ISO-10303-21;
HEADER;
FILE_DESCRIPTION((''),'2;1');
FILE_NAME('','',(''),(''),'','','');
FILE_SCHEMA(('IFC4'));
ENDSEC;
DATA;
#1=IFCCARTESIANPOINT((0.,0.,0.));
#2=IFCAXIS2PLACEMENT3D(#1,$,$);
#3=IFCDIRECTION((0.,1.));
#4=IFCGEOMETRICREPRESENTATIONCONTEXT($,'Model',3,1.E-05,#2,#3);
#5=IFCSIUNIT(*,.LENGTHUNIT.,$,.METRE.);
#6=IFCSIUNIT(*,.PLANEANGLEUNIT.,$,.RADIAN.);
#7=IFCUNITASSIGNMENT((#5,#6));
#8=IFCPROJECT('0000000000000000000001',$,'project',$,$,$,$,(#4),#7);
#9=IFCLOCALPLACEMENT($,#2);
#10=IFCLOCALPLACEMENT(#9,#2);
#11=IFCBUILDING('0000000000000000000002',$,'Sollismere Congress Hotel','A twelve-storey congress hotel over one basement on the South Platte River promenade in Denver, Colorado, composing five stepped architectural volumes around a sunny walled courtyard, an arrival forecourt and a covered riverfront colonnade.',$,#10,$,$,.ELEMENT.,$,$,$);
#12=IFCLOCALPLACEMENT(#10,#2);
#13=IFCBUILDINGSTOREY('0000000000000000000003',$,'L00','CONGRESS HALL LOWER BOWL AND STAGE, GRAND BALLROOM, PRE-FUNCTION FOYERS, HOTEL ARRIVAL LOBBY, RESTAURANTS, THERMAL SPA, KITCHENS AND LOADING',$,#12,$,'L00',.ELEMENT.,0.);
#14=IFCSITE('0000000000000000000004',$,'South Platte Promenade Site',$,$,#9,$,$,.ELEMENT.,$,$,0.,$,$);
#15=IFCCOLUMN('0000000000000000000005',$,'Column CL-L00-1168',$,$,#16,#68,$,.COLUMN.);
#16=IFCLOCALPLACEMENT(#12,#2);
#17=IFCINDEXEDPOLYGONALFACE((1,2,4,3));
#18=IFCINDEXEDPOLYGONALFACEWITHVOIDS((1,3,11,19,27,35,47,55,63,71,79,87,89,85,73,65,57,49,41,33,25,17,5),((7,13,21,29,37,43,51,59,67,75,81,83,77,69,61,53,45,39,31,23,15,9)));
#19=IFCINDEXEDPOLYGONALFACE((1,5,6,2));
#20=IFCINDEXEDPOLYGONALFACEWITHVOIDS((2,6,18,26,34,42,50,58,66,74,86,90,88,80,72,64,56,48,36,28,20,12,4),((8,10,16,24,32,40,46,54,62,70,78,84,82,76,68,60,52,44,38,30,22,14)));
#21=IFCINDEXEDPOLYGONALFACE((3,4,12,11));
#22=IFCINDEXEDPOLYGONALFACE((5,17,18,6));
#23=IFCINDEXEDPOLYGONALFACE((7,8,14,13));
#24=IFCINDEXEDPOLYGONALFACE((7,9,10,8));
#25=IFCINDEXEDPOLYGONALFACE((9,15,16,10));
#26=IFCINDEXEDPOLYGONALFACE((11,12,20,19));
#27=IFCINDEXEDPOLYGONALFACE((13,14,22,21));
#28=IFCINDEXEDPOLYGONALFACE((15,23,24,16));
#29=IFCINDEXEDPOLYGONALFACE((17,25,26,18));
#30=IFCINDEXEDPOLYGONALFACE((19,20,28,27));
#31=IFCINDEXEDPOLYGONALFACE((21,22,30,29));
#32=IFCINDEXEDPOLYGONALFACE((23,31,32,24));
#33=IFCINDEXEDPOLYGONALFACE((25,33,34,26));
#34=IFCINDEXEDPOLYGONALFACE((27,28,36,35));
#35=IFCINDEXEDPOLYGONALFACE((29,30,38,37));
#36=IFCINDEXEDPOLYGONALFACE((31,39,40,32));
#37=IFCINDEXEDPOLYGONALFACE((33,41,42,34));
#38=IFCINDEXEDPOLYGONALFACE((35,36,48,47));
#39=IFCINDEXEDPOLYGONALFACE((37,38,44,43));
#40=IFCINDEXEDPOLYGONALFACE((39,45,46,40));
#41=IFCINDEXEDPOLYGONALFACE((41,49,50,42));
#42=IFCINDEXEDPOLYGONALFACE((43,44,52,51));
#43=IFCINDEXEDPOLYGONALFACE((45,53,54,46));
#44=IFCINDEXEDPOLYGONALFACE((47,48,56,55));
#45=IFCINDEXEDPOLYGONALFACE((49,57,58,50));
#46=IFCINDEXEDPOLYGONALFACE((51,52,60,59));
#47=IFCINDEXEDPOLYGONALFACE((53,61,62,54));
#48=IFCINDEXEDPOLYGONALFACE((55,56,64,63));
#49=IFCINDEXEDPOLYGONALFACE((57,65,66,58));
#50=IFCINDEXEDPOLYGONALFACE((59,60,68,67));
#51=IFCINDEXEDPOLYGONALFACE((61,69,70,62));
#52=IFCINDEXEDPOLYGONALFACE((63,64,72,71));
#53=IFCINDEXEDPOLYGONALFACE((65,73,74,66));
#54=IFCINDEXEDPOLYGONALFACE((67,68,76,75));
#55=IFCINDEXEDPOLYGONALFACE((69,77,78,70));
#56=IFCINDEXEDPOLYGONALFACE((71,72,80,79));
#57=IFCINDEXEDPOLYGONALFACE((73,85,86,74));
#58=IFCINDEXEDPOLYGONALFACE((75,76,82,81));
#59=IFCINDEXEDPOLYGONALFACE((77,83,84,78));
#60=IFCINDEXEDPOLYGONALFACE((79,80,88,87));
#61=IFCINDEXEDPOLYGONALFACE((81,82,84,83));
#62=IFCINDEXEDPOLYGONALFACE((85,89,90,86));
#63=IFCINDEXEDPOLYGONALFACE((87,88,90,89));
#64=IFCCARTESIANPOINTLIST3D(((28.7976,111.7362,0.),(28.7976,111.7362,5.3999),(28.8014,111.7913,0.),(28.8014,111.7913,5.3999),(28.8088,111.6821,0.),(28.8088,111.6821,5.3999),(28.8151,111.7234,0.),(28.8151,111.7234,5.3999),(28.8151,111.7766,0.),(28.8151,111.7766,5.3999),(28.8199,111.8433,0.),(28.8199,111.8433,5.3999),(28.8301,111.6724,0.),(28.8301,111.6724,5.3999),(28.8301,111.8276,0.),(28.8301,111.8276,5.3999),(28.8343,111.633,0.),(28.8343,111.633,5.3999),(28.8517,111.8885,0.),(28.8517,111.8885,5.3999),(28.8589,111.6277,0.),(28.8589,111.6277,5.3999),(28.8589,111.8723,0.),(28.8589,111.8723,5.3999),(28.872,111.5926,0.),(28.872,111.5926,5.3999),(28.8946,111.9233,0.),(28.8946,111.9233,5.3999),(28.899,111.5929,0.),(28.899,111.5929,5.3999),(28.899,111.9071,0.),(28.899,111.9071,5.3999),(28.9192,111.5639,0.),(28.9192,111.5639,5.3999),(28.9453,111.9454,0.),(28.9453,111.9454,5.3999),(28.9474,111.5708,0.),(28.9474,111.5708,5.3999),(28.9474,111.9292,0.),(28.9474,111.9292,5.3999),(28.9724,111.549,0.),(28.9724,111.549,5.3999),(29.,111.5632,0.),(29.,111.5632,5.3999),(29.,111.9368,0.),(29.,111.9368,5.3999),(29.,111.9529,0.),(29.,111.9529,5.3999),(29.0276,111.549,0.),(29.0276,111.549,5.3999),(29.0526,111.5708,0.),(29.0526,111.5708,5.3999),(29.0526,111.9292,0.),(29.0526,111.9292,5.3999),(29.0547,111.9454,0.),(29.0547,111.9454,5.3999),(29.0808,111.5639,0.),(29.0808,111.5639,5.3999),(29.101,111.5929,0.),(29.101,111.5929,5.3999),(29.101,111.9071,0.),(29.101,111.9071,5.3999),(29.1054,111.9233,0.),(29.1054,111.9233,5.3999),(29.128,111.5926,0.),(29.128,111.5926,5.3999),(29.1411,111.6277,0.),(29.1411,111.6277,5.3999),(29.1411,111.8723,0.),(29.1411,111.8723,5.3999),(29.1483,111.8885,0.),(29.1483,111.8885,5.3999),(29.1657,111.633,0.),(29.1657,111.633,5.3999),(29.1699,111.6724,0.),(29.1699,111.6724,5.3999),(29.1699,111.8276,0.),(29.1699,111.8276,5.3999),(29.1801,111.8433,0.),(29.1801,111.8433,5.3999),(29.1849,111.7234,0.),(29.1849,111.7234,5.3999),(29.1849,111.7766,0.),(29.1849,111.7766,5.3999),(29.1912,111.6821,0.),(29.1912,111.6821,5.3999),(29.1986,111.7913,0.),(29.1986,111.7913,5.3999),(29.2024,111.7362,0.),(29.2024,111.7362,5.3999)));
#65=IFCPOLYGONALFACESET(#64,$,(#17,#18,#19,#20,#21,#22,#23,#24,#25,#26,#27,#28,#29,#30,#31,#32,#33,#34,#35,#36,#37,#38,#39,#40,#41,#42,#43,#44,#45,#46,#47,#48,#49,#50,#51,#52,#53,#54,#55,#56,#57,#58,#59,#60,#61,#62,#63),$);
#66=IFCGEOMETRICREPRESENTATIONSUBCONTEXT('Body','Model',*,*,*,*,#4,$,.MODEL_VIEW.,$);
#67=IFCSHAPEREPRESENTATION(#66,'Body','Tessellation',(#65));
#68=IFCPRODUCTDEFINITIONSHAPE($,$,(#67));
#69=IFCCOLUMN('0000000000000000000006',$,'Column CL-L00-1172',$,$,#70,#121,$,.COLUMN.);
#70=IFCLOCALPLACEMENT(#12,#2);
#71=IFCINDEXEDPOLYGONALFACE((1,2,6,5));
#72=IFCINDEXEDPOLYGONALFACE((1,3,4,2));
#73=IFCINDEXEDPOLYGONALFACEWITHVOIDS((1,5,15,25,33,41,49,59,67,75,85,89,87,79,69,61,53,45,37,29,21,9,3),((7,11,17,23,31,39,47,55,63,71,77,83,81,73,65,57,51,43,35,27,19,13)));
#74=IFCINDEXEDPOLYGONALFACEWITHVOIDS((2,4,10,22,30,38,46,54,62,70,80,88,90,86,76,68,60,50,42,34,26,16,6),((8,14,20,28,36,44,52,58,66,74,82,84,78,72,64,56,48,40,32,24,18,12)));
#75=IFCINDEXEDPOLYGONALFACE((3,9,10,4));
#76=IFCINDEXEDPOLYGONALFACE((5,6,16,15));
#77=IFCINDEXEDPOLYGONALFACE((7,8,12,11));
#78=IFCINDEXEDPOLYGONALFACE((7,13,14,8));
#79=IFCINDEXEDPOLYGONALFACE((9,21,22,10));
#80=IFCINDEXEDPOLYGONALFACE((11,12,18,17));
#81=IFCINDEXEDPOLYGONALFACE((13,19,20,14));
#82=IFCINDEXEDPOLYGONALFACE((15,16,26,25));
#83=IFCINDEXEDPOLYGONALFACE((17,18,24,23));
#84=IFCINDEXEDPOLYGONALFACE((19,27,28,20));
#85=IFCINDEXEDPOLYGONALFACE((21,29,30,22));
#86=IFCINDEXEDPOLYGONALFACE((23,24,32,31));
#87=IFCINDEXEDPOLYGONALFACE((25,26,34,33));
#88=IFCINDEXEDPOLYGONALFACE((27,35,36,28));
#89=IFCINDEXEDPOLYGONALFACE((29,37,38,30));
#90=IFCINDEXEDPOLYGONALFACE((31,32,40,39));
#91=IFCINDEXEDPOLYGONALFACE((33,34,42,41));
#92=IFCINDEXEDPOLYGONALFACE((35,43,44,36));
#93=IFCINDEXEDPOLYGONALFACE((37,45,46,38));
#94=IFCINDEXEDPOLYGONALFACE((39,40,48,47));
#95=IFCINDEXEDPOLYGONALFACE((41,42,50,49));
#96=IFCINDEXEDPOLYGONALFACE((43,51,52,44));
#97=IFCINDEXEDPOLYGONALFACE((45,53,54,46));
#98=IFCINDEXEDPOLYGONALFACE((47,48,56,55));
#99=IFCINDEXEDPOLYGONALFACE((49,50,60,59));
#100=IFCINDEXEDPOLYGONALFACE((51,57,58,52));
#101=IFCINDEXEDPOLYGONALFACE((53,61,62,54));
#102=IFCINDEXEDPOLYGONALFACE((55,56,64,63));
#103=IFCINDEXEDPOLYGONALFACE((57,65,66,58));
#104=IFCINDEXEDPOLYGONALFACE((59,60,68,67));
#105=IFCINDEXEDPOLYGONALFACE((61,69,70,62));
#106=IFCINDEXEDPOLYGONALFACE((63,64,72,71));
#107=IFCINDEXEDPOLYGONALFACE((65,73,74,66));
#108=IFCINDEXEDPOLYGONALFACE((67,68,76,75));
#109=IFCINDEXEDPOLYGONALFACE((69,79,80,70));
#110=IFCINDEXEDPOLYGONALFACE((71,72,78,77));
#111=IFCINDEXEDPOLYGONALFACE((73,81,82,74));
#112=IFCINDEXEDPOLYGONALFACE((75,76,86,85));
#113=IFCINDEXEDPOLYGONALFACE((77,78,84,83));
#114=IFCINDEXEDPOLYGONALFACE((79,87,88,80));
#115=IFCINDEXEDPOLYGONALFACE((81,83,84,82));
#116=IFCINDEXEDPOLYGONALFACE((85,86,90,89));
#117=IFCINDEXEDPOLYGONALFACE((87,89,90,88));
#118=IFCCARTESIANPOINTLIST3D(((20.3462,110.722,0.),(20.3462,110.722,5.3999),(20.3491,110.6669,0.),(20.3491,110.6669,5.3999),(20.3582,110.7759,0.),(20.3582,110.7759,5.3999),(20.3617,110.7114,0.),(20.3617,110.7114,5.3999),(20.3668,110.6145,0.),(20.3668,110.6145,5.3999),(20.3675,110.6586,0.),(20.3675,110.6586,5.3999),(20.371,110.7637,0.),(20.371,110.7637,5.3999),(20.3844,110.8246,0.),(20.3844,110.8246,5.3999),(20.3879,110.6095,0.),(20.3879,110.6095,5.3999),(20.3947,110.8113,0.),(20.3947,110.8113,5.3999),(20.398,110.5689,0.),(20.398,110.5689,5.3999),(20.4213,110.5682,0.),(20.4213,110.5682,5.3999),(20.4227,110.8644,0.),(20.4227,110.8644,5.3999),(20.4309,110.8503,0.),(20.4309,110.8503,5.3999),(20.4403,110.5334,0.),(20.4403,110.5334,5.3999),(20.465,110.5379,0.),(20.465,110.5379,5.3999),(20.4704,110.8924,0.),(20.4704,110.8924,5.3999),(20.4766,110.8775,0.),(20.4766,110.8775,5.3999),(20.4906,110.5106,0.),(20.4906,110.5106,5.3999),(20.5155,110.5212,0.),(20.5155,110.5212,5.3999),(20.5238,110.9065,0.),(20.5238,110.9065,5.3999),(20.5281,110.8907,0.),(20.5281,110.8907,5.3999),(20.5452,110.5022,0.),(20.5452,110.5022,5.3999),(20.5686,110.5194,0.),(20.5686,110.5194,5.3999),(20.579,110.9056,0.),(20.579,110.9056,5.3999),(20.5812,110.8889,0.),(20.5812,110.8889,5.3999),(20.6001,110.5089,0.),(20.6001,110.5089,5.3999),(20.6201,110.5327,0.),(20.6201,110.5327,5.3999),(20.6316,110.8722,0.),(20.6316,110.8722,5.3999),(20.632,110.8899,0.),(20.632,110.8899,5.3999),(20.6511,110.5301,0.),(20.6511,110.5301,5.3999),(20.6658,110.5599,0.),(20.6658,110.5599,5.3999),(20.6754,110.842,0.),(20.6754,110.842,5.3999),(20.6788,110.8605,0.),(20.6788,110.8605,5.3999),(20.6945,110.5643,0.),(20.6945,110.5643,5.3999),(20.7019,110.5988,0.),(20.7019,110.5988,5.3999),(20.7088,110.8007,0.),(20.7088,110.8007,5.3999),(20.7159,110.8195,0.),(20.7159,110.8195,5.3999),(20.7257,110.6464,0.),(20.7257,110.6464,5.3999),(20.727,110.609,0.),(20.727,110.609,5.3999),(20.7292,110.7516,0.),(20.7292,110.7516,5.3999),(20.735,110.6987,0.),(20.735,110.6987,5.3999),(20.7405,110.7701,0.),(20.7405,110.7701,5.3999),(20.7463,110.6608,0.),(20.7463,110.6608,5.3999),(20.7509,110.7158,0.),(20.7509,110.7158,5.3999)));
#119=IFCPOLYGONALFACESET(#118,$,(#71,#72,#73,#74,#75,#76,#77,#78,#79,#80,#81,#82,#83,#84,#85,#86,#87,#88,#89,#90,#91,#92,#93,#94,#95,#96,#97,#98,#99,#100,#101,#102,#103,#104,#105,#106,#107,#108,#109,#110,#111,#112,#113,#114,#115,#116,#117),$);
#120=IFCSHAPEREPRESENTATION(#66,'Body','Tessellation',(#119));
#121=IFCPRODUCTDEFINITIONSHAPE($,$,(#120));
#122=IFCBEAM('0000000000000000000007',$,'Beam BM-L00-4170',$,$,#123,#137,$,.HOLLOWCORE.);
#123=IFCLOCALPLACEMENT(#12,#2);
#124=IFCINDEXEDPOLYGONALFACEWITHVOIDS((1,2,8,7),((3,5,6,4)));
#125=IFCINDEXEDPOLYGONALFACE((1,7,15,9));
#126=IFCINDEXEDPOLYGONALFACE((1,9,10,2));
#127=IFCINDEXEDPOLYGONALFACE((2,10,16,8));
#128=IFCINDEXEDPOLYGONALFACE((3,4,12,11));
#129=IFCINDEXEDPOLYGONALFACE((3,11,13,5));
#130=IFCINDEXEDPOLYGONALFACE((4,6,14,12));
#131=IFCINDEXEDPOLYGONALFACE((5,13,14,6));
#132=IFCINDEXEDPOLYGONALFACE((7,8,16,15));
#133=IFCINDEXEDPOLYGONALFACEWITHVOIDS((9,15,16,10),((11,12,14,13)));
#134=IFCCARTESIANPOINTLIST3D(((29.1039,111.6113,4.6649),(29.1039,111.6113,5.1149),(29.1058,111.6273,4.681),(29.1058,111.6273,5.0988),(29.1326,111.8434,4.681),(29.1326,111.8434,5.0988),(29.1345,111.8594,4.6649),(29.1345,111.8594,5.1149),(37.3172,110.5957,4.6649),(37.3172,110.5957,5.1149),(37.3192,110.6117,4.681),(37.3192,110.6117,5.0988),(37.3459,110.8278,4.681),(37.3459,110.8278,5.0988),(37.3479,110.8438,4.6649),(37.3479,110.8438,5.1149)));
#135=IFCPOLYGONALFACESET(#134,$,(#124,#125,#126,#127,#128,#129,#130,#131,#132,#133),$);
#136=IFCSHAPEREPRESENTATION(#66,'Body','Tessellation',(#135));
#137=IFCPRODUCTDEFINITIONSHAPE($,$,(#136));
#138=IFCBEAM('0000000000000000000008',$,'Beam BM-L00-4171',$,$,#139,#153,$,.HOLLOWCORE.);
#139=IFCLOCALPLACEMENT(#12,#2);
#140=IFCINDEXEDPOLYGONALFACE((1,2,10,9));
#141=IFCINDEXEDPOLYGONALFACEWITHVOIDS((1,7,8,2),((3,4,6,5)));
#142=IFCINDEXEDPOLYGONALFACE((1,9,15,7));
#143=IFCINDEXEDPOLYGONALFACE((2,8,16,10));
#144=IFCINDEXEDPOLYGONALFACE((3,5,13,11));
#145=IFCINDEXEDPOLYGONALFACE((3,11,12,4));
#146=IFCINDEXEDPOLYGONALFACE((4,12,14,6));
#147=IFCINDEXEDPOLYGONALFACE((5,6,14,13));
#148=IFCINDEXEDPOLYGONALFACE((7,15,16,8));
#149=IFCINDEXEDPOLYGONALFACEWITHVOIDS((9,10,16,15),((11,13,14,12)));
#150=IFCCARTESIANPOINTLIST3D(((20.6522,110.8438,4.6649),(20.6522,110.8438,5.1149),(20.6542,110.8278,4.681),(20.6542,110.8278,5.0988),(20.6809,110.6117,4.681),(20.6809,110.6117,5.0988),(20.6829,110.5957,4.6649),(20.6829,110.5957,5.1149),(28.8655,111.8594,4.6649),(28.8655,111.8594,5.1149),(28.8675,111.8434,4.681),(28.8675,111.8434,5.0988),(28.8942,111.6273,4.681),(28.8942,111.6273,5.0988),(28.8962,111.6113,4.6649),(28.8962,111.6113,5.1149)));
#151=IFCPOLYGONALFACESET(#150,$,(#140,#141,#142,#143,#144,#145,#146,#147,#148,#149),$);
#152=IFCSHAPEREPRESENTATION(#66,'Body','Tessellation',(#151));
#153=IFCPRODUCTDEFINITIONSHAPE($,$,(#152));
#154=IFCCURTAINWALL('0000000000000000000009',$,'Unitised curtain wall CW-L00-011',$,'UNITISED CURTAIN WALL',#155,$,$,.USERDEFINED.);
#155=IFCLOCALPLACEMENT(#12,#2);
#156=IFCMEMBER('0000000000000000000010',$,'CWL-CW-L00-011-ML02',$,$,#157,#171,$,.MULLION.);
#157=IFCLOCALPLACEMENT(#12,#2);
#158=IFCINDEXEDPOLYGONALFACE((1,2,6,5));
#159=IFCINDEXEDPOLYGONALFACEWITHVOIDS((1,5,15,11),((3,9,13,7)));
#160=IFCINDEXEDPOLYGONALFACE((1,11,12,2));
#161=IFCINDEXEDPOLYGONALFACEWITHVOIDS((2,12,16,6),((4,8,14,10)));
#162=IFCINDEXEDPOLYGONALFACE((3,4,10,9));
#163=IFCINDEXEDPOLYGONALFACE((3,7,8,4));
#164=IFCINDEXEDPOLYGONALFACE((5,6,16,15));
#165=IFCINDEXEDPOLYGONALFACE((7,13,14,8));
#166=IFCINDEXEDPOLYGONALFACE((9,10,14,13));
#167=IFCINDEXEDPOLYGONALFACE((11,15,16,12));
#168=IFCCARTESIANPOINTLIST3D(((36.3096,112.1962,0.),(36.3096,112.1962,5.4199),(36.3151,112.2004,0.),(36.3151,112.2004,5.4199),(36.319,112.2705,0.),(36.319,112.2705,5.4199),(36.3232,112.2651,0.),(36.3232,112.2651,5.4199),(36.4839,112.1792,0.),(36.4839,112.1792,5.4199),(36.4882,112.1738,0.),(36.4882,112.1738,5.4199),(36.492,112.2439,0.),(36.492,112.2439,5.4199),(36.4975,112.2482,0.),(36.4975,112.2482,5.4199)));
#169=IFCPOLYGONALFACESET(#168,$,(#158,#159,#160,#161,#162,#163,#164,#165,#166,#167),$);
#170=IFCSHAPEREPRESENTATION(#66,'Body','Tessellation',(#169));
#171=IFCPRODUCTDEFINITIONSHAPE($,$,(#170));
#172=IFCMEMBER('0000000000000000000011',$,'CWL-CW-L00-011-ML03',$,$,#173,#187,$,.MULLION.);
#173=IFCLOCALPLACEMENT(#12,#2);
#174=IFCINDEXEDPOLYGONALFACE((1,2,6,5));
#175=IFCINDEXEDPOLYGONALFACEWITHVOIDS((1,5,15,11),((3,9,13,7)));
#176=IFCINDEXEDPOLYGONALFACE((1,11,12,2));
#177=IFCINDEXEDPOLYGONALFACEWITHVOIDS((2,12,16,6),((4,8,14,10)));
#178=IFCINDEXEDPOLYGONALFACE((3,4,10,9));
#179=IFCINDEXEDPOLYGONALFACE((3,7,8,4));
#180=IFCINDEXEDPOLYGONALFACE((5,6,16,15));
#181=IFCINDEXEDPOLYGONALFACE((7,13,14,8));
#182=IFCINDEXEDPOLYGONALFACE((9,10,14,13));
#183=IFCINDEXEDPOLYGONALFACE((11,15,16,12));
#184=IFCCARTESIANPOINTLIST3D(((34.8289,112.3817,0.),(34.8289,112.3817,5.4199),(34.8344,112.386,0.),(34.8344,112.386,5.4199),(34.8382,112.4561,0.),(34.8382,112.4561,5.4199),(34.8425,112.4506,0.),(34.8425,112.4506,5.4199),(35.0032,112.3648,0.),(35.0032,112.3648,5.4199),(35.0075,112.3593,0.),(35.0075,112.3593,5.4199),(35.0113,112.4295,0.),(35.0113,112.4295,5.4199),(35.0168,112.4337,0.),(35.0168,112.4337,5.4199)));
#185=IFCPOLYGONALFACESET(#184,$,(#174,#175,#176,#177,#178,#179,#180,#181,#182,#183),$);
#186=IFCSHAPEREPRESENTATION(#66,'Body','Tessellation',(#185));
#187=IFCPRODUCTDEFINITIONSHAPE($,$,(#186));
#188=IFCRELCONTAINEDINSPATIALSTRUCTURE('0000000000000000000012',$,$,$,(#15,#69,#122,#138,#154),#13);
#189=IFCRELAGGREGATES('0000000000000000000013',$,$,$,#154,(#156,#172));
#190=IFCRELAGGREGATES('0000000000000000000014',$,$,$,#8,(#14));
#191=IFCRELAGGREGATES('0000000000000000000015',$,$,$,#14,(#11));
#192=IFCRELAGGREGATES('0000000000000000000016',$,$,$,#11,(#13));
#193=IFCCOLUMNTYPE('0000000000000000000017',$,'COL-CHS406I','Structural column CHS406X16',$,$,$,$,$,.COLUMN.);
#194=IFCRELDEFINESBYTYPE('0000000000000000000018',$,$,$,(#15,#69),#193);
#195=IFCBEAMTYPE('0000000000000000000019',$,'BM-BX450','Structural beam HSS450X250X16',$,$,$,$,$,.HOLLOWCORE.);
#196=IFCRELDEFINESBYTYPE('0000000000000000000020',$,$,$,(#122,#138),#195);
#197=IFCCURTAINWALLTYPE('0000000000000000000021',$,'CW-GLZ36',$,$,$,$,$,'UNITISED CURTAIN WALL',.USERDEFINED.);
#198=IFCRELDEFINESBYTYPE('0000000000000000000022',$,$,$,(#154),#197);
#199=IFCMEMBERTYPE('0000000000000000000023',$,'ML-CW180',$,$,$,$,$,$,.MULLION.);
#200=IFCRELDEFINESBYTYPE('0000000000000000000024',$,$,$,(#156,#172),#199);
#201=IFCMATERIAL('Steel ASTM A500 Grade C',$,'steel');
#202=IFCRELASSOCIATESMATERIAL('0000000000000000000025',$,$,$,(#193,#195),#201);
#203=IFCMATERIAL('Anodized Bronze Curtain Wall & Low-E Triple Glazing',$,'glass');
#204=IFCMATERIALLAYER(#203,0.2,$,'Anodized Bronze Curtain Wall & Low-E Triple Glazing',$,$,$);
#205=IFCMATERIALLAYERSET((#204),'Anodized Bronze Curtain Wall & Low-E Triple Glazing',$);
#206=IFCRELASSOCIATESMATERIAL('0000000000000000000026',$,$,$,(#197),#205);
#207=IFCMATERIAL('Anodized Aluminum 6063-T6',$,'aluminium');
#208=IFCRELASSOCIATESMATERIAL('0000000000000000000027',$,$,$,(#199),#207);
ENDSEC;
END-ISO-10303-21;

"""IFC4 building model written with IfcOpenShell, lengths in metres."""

from ifc_helpers import new_model, si_unit, direction, frame, origin, origin_2d, place, context, subcontext, project, spatial, hollow_rectangle, hollow_circle, extrude, material, layer, layer_set, material_profile, profile_set, type_object, element, aggregate, save


model = new_model("IFC4")

# Units and contexts
model_context = context("Model", 3, precision=1e-05, world=origin(), true_north=direction((0.0, 1.0)))
body_context = subcontext(model_context, "Body", "Model", "MODEL_VIEW")
ifc_project = project(units=[si_unit("LENGTHUNIT", "METRE"), si_unit("PLANEANGLEUNIT", "RADIAN")], contexts=[model_context])

# Site, building, storey
site_placement = place(None, origin())
site = spatial("IfcSite", under=ifc_project, at=site_placement, Name="South Platte Promenade Site", CompositionType="ELEMENT", RefElevation=0.0)
building_placement = place(site_placement, origin())
building = spatial("IfcBuilding", under=site, at=building_placement, Name="Sollismere Congress Hotel", Description="A twelve-storey congress hotel over one basement on the South Platte River promenade in Denver, Colorado, composing five stepped architectural volumes around a sunny walled courtyard, an arrival forecourt and a covered riverfront colonnade.", CompositionType="ELEMENT")
storey_placement = place(building_placement, origin())
storey = spatial("IfcBuildingStorey", under=building, at=storey_placement, Name="L00", Description="CONGRESS HALL LOWER BOWL AND STAGE, GRAND BALLROOM, PRE-FUNCTION FOYERS, HOTEL ARRIVAL LOBBY, RESTAURANTS, THERMAL SPA, KITCHENS AND LOADING", LongName="L00", CompositionType="ELEMENT", Elevation=0.0)

# Columns
ifc_material_1 = material(Name="Steel ASTM A500 Grade C", Category="steel")
ifc_material_profile_1 = material_profile(ifc_material_1, hollow_circle(Radius=0.2029, WallThickness=0.0161, at=origin_2d()), Name="CHS406X16")
ifc_profile_set_1 = profile_set([ifc_material_profile_1], Name="Steel ASTM A500 Grade C")
column_type = type_object("IfcColumnType", Name="COL-CHS406I", Description="Structural column CHS406X16", PredefinedType="COLUMN", material=ifc_profile_set_1)
for number, where, z_axis, x_axis, name in (
    (1, (29.0, 111.75, 0.0), (0.0, 0.0, 1.0), (0.0, 1.0, 0.0), "Column CL-L00-1168"),
    (2, (20.5483, 110.7051, 0.0), (0.0, 0.0, 1.0), (-0.384295, 0.92321, 0.0), "Column CL-L00-1172"),
):
    element("IfcColumn", number, at=place(storey_placement, frame(where, z_axis=z_axis, x_axis=x_axis)), inside=storey, type_object=column_type, Name=name, PredefinedType="COLUMN", context=body_context, shape_type="SweptSolid", body=[
        extrude(hollow_circle(Radius=0.2029, WallThickness=0.0161, at=origin_2d()), origin(), (0.0, 0.0, 1.0), 5.3999),
    ])

# Beams
ifc_material_profile_2 = material_profile(ifc_material_1, hollow_rectangle(XDim=0.25, YDim=0.45, WallThickness=0.0161, at=origin_2d()), Name="HSS450X250X16")
ifc_profile_set_2 = profile_set([ifc_material_profile_2], Name="Steel ASTM A500 Grade C")
beam_type = type_object("IfcBeamType", Name="BM-BX450", Description="Structural beam HSS450X250X16", PredefinedType="HOLLOWCORE", material=ifc_profile_set_2)
for number, where, z_axis, x_axis, name in (
    (3, (37.3325, 110.7197, 4.8899), (-0.992441, 0.12272, 0.0), (-0.12272, -0.992441, 0.0), "Beam BM-L00-4170"),
    (4, (28.8809, 111.7354, 4.8899), (-0.992441, -0.12272, 0.0), (0.12272, -0.992441, 0.0), "Beam BM-L00-4171"),
):
    element("IfcBeam", number, at=place(storey_placement, frame(where, z_axis=z_axis, x_axis=x_axis)), inside=storey, type_object=beam_type, Name=name, PredefinedType="HOLLOWCORE", context=body_context, shape_type="SweptSolid", body=[
        extrude(hollow_rectangle(XDim=0.25, YDim=0.45, WallThickness=0.0161, at=origin_2d()), origin(), (0.0, 0.0, 1.0), 8.2759),
    ])

# Curtain wall, members
ifc_material_2 = material(Name="Anodized Bronze Curtain Wall & Low-E Triple Glazing", Category="glass")
ifc_layer_1 = layer(ifc_material_2, 0.2, Name="Anodized Bronze Curtain Wall & Low-E Triple Glazing")
ifc_layer_set_1 = layer_set([ifc_layer_1], Name="Anodized Bronze Curtain Wall & Low-E Triple Glazing")
curtain_wall_type = type_object("IfcCurtainWallType", Name="CW-GLZ36", ElementType="UNITISED CURTAIN WALL", PredefinedType="USERDEFINED", material=ifc_layer_set_1)
curtain_wall_1_placement = place(storey_placement, origin())
curtain_wall_1 = element("IfcCurtainWall", 5, at=curtain_wall_1_placement, inside=storey, type_object=curtain_wall_type, Name="Unitised curtain wall CW-L00-011", ObjectType="UNITISED CURTAIN WALL", PredefinedType="USERDEFINED")
ifc_material_3 = material(Name="Anodized Aluminum 6063-T6", Category="aluminium")
ifc_material_profile_3 = material_profile(ifc_material_3, hollow_rectangle(XDim=0.075, YDim=0.1799, WallThickness=0.0049, at=origin_2d()), Name="ALU180X75X5")
ifc_profile_set_3 = profile_set([ifc_material_profile_3], Name="Anodized Aluminum 6063-T6")
member_type_1 = type_object("IfcMemberType", Name="ML-CW180", PredefinedType="MULLION", material=ifc_profile_set_3)
member_1_placement = place(storey_placement, frame((36.4036, 112.2222, 0.0), z_axis=(0.0, 0.0, 1.0), x_axis=(-0.124363, -0.992237, 0.0)))
member_1 = element("IfcMember", 6, at=member_1_placement, type_object=member_type_1, Name="CWL-CW-L00-011-ML02", PredefinedType="MULLION", context=body_context, shape_type="SweptSolid", body=[
    extrude(hollow_rectangle(XDim=0.075, YDim=0.1799, WallThickness=0.0049, at=origin_2d()), origin(), (0.0, 0.0, 1.0), 5.4199),
])
member_2_placement = place(storey_placement, frame((34.9229, 112.4077, 0.0), z_axis=(0.0, 0.0, 1.0), x_axis=(-0.124363, -0.992237, 0.0)))
member_2 = element("IfcMember", 7, at=member_2_placement, type_object=member_type_1, Name="CWL-CW-L00-011-ML03", PredefinedType="MULLION", context=body_context, shape_type="SweptSolid", body=[
    extrude(hollow_rectangle(XDim=0.075, YDim=0.1799, WallThickness=0.0049, at=origin_2d()), origin(), (0.0, 0.0, 1.0), 5.4199),
])

aggregate(curtain_wall_1, [member_1, member_2])

save(model, "model.ifc")
